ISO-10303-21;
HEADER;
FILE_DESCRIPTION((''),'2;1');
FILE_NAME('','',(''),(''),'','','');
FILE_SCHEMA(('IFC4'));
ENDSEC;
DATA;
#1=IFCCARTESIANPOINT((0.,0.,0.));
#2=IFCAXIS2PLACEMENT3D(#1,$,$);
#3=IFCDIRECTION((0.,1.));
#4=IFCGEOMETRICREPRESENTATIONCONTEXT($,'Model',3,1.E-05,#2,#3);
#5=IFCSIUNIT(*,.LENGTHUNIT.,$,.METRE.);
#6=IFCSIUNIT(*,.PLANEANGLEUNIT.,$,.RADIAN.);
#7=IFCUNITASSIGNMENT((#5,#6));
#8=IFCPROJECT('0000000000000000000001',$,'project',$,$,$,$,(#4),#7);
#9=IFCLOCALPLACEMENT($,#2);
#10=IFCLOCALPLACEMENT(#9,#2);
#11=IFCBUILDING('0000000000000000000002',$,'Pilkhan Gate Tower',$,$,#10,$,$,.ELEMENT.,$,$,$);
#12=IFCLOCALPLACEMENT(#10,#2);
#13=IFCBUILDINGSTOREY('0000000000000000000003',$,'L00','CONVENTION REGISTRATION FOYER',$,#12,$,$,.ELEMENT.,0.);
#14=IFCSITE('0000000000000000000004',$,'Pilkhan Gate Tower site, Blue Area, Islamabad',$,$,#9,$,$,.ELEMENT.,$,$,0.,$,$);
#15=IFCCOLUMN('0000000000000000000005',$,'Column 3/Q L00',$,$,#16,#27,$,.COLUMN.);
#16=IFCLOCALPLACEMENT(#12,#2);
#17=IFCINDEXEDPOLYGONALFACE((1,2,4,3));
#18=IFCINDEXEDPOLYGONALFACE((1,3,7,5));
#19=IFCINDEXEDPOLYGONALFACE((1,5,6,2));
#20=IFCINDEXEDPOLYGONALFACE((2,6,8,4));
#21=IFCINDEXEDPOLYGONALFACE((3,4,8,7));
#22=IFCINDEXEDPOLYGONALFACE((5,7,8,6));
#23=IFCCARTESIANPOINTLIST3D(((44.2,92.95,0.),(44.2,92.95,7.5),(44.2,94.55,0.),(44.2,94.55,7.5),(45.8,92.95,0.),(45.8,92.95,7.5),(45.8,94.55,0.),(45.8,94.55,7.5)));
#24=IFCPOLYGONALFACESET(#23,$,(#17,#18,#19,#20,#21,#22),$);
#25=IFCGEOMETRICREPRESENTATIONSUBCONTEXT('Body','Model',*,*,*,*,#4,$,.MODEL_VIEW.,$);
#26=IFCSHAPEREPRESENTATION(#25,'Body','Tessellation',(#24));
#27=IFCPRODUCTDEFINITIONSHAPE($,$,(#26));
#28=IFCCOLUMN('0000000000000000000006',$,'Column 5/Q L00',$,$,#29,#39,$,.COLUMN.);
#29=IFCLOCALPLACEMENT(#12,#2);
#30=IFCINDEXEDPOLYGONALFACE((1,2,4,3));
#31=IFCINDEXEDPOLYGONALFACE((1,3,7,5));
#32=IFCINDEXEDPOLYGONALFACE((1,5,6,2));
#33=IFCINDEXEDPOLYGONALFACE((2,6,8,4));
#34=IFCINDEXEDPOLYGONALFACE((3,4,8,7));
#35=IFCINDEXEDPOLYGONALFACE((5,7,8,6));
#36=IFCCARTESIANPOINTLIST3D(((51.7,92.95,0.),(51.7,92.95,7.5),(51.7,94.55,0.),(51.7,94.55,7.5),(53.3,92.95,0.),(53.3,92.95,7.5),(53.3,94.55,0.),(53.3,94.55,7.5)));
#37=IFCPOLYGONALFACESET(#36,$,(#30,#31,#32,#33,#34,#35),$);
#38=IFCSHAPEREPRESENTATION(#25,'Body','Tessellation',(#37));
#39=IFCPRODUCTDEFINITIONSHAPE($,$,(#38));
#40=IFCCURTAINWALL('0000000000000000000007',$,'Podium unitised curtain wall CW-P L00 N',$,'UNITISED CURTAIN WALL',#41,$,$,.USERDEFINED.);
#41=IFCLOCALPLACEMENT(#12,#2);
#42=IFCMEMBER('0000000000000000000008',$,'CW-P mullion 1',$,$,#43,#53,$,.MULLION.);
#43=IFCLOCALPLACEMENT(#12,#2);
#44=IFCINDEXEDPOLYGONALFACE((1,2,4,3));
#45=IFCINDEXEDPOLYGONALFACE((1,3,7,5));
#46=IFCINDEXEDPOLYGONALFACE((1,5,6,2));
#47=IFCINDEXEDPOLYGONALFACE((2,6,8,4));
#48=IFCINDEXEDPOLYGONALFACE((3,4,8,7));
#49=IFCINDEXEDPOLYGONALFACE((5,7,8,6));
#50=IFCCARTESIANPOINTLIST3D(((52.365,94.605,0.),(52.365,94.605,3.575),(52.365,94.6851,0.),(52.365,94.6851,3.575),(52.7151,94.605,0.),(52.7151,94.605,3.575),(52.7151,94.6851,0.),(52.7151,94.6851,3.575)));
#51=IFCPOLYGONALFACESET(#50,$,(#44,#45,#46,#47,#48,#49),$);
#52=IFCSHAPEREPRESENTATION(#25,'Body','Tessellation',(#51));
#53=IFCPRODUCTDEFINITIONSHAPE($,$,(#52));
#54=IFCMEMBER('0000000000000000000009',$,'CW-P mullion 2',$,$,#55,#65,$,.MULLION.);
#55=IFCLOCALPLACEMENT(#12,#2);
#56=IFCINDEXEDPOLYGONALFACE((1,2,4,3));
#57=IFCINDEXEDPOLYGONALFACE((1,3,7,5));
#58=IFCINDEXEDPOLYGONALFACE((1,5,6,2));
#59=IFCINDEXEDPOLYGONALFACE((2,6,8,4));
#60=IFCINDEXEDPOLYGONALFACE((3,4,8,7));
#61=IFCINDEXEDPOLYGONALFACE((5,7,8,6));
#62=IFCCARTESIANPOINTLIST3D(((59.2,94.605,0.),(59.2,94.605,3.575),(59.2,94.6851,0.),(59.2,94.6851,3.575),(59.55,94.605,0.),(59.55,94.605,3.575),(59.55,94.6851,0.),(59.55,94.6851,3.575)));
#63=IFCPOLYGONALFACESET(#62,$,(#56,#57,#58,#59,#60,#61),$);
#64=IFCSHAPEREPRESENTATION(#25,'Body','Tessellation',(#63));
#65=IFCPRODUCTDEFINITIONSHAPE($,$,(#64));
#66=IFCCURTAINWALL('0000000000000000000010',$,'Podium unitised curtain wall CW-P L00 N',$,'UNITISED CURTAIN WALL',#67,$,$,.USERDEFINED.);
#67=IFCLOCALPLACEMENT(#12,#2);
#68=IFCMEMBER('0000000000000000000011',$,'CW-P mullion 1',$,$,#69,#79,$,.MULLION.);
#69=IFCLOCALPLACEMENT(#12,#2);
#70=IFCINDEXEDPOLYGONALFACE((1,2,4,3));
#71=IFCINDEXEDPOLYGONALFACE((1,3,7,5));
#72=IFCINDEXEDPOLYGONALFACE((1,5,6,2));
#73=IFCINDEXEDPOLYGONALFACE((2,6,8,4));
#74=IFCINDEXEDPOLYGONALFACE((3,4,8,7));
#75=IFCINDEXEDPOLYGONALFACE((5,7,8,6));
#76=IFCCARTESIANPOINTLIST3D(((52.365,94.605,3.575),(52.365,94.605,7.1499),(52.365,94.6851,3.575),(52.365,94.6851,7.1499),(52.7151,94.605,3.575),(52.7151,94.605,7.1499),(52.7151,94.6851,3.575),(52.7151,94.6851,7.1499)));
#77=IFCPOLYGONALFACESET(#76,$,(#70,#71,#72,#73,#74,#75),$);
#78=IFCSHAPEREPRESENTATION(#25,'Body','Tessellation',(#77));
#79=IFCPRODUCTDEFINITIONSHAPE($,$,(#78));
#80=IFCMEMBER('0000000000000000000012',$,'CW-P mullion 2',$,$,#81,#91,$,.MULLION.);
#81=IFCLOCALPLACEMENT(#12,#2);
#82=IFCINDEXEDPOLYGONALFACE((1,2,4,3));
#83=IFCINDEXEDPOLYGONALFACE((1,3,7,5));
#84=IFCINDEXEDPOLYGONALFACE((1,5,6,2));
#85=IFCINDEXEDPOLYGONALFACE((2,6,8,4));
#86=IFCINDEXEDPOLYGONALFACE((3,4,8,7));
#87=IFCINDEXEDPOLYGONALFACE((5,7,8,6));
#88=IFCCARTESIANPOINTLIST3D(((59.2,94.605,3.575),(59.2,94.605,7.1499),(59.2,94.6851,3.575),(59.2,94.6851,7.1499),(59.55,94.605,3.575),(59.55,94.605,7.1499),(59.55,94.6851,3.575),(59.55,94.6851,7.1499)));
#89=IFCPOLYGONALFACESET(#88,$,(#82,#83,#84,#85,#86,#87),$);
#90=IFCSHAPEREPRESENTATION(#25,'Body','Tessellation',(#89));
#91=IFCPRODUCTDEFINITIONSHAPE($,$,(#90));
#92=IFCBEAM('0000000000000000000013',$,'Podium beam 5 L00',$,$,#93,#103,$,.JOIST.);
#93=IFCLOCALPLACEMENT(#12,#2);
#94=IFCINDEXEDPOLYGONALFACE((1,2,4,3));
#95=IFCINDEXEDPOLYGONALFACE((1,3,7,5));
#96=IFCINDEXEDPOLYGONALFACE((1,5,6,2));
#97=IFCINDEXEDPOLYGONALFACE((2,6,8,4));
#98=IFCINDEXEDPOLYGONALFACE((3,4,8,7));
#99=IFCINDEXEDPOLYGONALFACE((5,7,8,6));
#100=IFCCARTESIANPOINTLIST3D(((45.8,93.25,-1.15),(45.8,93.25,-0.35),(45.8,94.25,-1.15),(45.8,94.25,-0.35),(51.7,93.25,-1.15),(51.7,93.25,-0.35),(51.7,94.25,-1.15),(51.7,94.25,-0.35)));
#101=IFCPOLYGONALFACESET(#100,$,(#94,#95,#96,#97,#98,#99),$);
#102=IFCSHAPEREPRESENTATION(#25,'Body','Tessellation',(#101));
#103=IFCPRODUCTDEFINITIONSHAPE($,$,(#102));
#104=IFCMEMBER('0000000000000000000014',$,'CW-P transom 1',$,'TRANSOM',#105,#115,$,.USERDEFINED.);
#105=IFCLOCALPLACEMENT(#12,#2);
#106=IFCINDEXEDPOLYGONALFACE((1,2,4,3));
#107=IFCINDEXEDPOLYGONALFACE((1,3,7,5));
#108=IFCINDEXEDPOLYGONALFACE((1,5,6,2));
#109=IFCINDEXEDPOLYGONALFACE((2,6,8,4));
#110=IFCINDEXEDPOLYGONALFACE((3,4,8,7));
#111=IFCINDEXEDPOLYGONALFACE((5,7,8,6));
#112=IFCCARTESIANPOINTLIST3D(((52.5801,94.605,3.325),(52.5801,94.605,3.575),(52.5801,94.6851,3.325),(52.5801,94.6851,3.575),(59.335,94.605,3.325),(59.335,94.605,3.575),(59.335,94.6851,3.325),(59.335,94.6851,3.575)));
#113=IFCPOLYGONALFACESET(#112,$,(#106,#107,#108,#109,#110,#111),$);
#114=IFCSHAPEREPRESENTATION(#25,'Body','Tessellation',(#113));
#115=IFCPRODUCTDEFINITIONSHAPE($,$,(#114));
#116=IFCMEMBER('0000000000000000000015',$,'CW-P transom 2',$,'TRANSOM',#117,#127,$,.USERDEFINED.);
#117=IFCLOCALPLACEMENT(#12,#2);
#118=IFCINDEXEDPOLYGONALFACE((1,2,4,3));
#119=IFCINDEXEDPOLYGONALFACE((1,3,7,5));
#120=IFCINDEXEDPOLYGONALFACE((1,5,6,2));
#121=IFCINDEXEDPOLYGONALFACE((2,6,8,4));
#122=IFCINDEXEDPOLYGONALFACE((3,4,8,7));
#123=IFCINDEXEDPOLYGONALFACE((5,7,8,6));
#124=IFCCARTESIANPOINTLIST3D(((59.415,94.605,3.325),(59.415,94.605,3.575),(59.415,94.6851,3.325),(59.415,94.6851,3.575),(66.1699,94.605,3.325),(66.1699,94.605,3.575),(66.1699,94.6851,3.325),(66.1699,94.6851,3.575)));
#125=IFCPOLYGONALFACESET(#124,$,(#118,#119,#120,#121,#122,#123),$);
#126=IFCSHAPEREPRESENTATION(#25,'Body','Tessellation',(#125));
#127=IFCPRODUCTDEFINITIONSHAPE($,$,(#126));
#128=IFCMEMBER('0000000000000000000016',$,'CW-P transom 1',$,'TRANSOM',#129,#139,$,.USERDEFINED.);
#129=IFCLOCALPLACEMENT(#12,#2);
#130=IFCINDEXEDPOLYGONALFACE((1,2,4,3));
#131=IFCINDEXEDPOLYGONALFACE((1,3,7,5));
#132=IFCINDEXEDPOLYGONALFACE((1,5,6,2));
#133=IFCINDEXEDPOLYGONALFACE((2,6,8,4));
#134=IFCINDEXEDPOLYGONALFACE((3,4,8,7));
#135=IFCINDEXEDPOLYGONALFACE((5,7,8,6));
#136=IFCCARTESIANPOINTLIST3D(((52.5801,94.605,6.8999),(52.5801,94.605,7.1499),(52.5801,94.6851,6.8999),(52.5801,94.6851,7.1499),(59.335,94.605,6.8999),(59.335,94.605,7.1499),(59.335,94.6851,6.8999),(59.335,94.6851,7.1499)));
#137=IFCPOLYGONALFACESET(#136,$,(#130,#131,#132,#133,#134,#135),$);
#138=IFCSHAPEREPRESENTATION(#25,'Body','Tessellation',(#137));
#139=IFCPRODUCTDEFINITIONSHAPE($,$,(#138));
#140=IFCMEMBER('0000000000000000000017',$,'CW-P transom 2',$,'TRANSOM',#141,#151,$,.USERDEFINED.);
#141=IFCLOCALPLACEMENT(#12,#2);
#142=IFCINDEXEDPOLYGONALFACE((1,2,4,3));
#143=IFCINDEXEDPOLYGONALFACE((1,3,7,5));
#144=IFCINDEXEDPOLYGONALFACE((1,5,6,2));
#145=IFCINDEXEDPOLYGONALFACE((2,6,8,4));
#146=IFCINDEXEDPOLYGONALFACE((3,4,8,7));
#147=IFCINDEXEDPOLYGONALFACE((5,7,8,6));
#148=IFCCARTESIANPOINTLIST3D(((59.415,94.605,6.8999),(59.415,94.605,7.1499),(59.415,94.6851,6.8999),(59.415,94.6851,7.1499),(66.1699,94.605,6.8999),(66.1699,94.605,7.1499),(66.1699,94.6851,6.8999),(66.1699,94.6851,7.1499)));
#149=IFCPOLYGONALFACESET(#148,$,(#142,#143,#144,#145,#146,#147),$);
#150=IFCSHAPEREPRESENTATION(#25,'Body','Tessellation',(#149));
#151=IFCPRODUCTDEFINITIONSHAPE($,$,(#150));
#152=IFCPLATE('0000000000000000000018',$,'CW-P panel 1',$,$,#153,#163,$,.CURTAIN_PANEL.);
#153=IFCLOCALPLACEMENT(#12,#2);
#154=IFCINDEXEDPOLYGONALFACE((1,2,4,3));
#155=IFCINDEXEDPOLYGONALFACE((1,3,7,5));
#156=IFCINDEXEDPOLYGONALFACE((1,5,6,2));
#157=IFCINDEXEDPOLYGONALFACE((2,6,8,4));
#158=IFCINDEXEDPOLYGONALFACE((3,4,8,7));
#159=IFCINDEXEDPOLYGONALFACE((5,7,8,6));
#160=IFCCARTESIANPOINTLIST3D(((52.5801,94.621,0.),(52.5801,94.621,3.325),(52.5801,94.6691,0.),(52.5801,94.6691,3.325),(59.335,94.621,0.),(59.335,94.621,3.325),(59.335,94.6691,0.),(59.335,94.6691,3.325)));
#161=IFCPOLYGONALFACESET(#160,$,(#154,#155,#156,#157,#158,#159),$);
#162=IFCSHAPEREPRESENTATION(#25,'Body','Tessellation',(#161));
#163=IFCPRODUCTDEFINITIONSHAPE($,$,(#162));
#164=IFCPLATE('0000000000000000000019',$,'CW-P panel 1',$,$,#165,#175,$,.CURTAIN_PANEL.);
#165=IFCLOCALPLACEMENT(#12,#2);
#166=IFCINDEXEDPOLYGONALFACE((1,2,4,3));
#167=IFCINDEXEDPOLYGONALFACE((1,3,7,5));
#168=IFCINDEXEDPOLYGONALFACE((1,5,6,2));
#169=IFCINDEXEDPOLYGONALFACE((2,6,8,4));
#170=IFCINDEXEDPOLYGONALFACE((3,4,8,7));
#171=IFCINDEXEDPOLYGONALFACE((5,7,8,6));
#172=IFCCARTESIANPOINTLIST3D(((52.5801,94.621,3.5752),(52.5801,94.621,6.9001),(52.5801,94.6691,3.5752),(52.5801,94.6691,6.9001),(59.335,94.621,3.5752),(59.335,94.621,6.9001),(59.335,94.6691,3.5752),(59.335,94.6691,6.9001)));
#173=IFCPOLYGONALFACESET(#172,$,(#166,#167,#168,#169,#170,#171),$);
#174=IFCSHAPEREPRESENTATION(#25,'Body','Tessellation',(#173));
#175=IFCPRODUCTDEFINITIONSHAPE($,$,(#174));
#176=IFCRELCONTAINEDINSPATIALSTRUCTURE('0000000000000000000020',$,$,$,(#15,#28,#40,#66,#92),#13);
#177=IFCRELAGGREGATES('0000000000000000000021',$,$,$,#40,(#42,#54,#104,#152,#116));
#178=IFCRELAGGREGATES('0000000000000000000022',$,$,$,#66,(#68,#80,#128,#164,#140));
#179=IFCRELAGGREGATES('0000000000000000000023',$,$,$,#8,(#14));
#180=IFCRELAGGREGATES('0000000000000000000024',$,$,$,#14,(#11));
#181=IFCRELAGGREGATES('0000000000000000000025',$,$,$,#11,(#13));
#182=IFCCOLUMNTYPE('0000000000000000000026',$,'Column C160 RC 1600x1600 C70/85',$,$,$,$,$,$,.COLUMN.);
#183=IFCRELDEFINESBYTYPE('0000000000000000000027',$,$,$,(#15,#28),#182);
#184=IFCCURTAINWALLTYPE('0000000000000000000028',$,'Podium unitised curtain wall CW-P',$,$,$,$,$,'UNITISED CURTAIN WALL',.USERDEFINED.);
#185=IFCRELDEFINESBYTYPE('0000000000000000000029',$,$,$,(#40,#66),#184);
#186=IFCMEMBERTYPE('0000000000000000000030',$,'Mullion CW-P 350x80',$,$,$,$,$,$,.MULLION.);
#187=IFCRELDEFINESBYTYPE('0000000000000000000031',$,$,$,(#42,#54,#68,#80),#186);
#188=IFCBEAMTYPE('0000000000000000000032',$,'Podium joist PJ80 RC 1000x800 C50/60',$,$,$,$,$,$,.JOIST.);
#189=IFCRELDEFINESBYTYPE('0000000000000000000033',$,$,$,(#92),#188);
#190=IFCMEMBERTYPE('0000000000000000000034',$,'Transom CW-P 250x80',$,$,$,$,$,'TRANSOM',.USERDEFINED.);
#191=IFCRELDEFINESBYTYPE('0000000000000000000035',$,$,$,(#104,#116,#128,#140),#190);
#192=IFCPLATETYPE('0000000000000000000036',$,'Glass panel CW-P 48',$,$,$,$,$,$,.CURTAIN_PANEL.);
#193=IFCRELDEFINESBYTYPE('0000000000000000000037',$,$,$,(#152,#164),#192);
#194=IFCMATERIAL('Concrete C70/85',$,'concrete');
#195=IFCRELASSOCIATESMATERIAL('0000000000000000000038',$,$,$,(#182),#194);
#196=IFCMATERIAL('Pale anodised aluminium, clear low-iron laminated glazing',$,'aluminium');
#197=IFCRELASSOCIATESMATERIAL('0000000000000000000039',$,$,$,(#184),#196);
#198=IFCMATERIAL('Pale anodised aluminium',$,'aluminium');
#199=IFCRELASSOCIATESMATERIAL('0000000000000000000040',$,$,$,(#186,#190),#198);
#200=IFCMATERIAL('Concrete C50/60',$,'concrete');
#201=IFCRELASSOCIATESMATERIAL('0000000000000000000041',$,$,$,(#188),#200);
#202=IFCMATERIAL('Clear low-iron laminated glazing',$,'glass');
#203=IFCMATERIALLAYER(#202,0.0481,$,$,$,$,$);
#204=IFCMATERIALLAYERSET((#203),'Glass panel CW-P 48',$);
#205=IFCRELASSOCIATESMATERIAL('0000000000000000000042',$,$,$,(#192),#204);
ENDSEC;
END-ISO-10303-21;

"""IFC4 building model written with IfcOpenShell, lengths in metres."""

from ifc_helpers import new_model, si_unit, direction, frame, origin, origin_2d, place, context, subcontext, project, spatial, rectangle, extrude, material, layer, layer_set, material_profile, profile_set, type_object, element, aggregate, save


model = new_model("IFC4")

# Units and contexts
model_context = context("Model", 3, precision=1e-05, world=origin(), true_north=direction((0.0, 1.0)))
body_context = subcontext(model_context, "Body", "Model", "MODEL_VIEW")
ifc_project = project(units=[si_unit("LENGTHUNIT", "METRE"), si_unit("PLANEANGLEUNIT", "RADIAN")], contexts=[model_context])

# Site, building, storey
site_placement = place(None, origin())
site = spatial("IfcSite", under=ifc_project, at=site_placement, Name="Pilkhan Gate Tower site, Blue Area, Islamabad", CompositionType="ELEMENT", RefElevation=0.0)
building_placement = place(site_placement, origin())
building = spatial("IfcBuilding", under=site, at=building_placement, Name="Pilkhan Gate Tower", CompositionType="ELEMENT")
storey_placement = place(building_placement, origin())
storey = spatial("IfcBuildingStorey", under=building, at=storey_placement, Name="L00", Description="CONVENTION REGISTRATION FOYER", CompositionType="ELEMENT", Elevation=0.0)

# Columns
ifc_material_1 = material(Name="Concrete C70/85", Category="concrete")
ifc_material_profile_1 = material_profile(ifc_material_1, rectangle(XDim=1.6001, YDim=1.6001, at=origin_2d()), Name="RC 1600x1600")
ifc_profile_set_1 = profile_set([ifc_material_profile_1], Name="Concrete C70/85")
column_type = type_object("IfcColumnType", Name="Column C160 RC 1600x1600 C70/85", PredefinedType="COLUMN", material=ifc_profile_set_1)
for number, where, z_axis, x_axis, name in (
    (1, (45.0, 93.75, 0.0), (0.0, 0.0, 1.0), (1.0, 0.0, 0.0), "Column 3/Q L00"),
    (2, (52.5, 93.75, 0.0), (0.0, 0.0, 1.0), (1.0, 0.0, 0.0), "Column 5/Q L00"),
):
    element("IfcColumn", number, at=place(storey_placement, frame(where, z_axis=z_axis, x_axis=x_axis)), inside=storey, type_object=column_type, Name=name, PredefinedType="COLUMN", context=body_context, shape_type="SweptSolid", body=[
        extrude(rectangle(XDim=1.6001, YDim=1.6001, at=origin_2d()), origin(), (0.0, 0.0, 1.0), 7.5),
    ])

# Curtain walls, members
ifc_material_2 = material(Name="Pale anodised aluminium, clear low-iron laminated glazing", Category="aluminium")
curtain_wall_type = type_object("IfcCurtainWallType", Name="Podium unitised curtain wall CW-P", ElementType="UNITISED CURTAIN WALL", PredefinedType="USERDEFINED", material=ifc_material_2)
curtain_wall_1_placement = place(storey_placement, origin())
curtain_wall_1 = element("IfcCurtainWall", 3, at=curtain_wall_1_placement, inside=storey, type_object=curtain_wall_type, Name="Podium unitised curtain wall CW-P L00 N", ObjectType="UNITISED CURTAIN WALL", PredefinedType="USERDEFINED")
ifc_material_3 = material(Name="Pale anodised aluminium", Category="aluminium")
ifc_material_profile_2 = material_profile(ifc_material_3, rectangle(XDim=0.0801, YDim=0.3501, at=origin_2d()), Name="Mullion 350x80")
ifc_profile_set_2 = profile_set([ifc_material_profile_2], Name="Pale anodised aluminium")
member_type_1 = type_object("IfcMemberType", Name="Mullion CW-P 350x80", PredefinedType="MULLION", material=ifc_profile_set_2)
member_1_placement = place(storey_placement, frame((52.54, 94.645, 0.0), z_axis=(0.0, 0.0, 1.0), x_axis=(0.0, 1.0, 0.0)))
member_1 = element("IfcMember", 4, at=member_1_placement, type_object=member_type_1, Name="CW-P mullion 1", PredefinedType="MULLION", context=body_context, shape_type="SweptSolid", body=[
    extrude(rectangle(XDim=0.0801, YDim=0.3501, at=origin_2d()), origin(), (0.0, 0.0, 1.0), 3.575),
])
member_2_placement = place(storey_placement, frame((59.375, 94.645, 0.0), z_axis=(0.0, 0.0, 1.0), x_axis=(0.0, 1.0, 0.0)))
member_2 = element("IfcMember", 5, at=member_2_placement, type_object=member_type_1, Name="CW-P mullion 2", PredefinedType="MULLION", context=body_context, shape_type="SweptSolid", body=[
    extrude(rectangle(XDim=0.0801, YDim=0.3501, at=origin_2d()), origin(), (0.0, 0.0, 1.0), 3.575),
])
curtain_wall_2_placement = place(storey_placement, origin())
curtain_wall_2 = element("IfcCurtainWall", 6, at=curtain_wall_2_placement, inside=storey, type_object=curtain_wall_type, Name="Podium unitised curtain wall CW-P L00 N", ObjectType="UNITISED CURTAIN WALL", PredefinedType="USERDEFINED")
member_3_placement = place(storey_placement, frame((52.54, 94.645, 3.575), z_axis=(0.0, 0.0, 1.0), x_axis=(0.0, 1.0, 0.0)))
member_3 = element("IfcMember", 7, at=member_3_placement, type_object=member_type_1, Name="CW-P mullion 1", PredefinedType="MULLION", context=body_context, shape_type="SweptSolid", body=[
    extrude(rectangle(XDim=0.0801, YDim=0.3501, at=origin_2d()), origin(), (0.0, 0.0, 1.0), 3.575),
])
member_4_placement = place(storey_placement, frame((59.375, 94.645, 3.575), z_axis=(0.0, 0.0, 1.0), x_axis=(0.0, 1.0, 0.0)))
member_4 = element("IfcMember", 8, at=member_4_placement, type_object=member_type_1, Name="CW-P mullion 2", PredefinedType="MULLION", context=body_context, shape_type="SweptSolid", body=[
    extrude(rectangle(XDim=0.0801, YDim=0.3501, at=origin_2d()), origin(), (0.0, 0.0, 1.0), 3.575),
])

# Beam
ifc_material_4 = material(Name="Concrete C50/60", Category="concrete")
ifc_material_profile_3 = material_profile(ifc_material_4, rectangle(XDim=1.0, YDim=0.8, at=origin_2d()), Name="RC 1000x800")
ifc_profile_set_3 = profile_set([ifc_material_profile_3], Name="Concrete C50/60")
beam_type = type_object("IfcBeamType", Name="Podium joist PJ80 RC 1000x800 C50/60", PredefinedType="JOIST", material=ifc_profile_set_3)
beam_placement = place(storey_placement, frame((45.8, 93.75, -0.75), z_axis=(1.0, 0.0, 0.0), x_axis=(0.0, 1.0, 0.0)))
element("IfcBeam", 9, at=beam_placement, inside=storey, type_object=beam_type, Name="Podium beam 5 L00", PredefinedType="JOIST", context=body_context, shape_type="SweptSolid", body=[
    extrude(rectangle(XDim=1.0, YDim=0.8, at=origin_2d()), origin(), (0.0, 0.0, 1.0), 5.8999),
])

# Members
ifc_material_profile_4 = material_profile(ifc_material_3, rectangle(XDim=0.0801, YDim=0.25, at=origin_2d()), Name="Transom 250x80")
ifc_profile_set_4 = profile_set([ifc_material_profile_4], Name="Pale anodised aluminium")
member_type_2 = type_object("IfcMemberType", Name="Transom CW-P 250x80", ElementType="TRANSOM", PredefinedType="USERDEFINED", material=ifc_profile_set_4)
member_5_placement = place(storey_placement, frame((52.5801, 94.645, 3.45), z_axis=(1.0, 0.0, 0.0), x_axis=(0.0, 1.0, 0.0)))
member_5 = element("IfcMember", 10, at=member_5_placement, type_object=member_type_2, Name="CW-P transom 1", ObjectType="TRANSOM", PredefinedType="USERDEFINED", context=body_context, shape_type="SweptSolid", body=[
    extrude(rectangle(XDim=0.0801, YDim=0.25, at=origin_2d()), origin(), (0.0, 0.0, 1.0), 6.7549),
])
member_6_placement = place(storey_placement, frame((59.415, 94.645, 3.45), z_axis=(1.0, 0.0, 0.0), x_axis=(0.0, 1.0, 0.0)))
member_6 = element("IfcMember", 11, at=member_6_placement, type_object=member_type_2, Name="CW-P transom 2", ObjectType="TRANSOM", PredefinedType="USERDEFINED", context=body_context, shape_type="SweptSolid", body=[
    extrude(rectangle(XDim=0.0801, YDim=0.25, at=origin_2d()), origin(), (0.0, 0.0, 1.0), 6.7549),
])
member_7_placement = place(storey_placement, frame((52.5801, 94.645, 7.0249), z_axis=(1.0, 0.0, 0.0), x_axis=(0.0, 1.0, 0.0)))
member_7 = element("IfcMember", 12, at=member_7_placement, type_object=member_type_2, Name="CW-P transom 1", ObjectType="TRANSOM", PredefinedType="USERDEFINED", context=body_context, shape_type="SweptSolid", body=[
    extrude(rectangle(XDim=0.0801, YDim=0.25, at=origin_2d()), origin(), (0.0, 0.0, 1.0), 6.7549),
])
member_8_placement = place(storey_placement, frame((59.415, 94.645, 7.0249), z_axis=(1.0, 0.0, 0.0), x_axis=(0.0, 1.0, 0.0)))
member_8 = element("IfcMember", 13, at=member_8_placement, type_object=member_type_2, Name="CW-P transom 2", ObjectType="TRANSOM", PredefinedType="USERDEFINED", context=body_context, shape_type="SweptSolid", body=[
    extrude(rectangle(XDim=0.0801, YDim=0.25, at=origin_2d()), origin(), (0.0, 0.0, 1.0), 6.7549),
])

# Plates
ifc_material_5 = material(Name="Clear low-iron laminated glazing", Category="glass")
ifc_layer_1 = layer(ifc_material_5, 0.0481)
ifc_layer_set_1 = layer_set([ifc_layer_1], Name="Glass panel CW-P 48")
plate_type = type_object("IfcPlateType", Name="Glass panel CW-P 48", PredefinedType="CURTAIN_PANEL", material=ifc_layer_set_1)
plate_1_placement = place(storey_placement, frame((55.9575, 94.645, 0.0), z_axis=(0.0, 0.0, 1.0), x_axis=(1.0, 0.0, 0.0)))
plate_1 = element("IfcPlate", 14, at=plate_1_placement, type_object=plate_type, Name="CW-P panel 1", PredefinedType="CURTAIN_PANEL", context=body_context, shape_type="SweptSolid", body=[
    extrude(rectangle(XDim=6.7549, YDim=0.0481, at=origin_2d()), origin(), (0.0, 0.0, 1.0), 3.325),
])
aggregate(curtain_wall_1, [member_1, member_2, member_5, plate_1, member_6])
plate_2_placement = place(storey_placement, frame((55.9575, 94.645, 3.5752), z_axis=(0.0, 0.0, 1.0), x_axis=(1.0, 0.0, 0.0)))
plate_2 = element("IfcPlate", 15, at=plate_2_placement, type_object=plate_type, Name="CW-P panel 1", PredefinedType="CURTAIN_PANEL", context=body_context, shape_type="SweptSolid", body=[
    extrude(rectangle(XDim=6.7549, YDim=0.0481, at=origin_2d()), origin(), (0.0, 0.0, 1.0), 3.325),
])
aggregate(curtain_wall_2, [member_3, member_4, member_7, plate_2, member_8])

save(model, "model.ifc")
